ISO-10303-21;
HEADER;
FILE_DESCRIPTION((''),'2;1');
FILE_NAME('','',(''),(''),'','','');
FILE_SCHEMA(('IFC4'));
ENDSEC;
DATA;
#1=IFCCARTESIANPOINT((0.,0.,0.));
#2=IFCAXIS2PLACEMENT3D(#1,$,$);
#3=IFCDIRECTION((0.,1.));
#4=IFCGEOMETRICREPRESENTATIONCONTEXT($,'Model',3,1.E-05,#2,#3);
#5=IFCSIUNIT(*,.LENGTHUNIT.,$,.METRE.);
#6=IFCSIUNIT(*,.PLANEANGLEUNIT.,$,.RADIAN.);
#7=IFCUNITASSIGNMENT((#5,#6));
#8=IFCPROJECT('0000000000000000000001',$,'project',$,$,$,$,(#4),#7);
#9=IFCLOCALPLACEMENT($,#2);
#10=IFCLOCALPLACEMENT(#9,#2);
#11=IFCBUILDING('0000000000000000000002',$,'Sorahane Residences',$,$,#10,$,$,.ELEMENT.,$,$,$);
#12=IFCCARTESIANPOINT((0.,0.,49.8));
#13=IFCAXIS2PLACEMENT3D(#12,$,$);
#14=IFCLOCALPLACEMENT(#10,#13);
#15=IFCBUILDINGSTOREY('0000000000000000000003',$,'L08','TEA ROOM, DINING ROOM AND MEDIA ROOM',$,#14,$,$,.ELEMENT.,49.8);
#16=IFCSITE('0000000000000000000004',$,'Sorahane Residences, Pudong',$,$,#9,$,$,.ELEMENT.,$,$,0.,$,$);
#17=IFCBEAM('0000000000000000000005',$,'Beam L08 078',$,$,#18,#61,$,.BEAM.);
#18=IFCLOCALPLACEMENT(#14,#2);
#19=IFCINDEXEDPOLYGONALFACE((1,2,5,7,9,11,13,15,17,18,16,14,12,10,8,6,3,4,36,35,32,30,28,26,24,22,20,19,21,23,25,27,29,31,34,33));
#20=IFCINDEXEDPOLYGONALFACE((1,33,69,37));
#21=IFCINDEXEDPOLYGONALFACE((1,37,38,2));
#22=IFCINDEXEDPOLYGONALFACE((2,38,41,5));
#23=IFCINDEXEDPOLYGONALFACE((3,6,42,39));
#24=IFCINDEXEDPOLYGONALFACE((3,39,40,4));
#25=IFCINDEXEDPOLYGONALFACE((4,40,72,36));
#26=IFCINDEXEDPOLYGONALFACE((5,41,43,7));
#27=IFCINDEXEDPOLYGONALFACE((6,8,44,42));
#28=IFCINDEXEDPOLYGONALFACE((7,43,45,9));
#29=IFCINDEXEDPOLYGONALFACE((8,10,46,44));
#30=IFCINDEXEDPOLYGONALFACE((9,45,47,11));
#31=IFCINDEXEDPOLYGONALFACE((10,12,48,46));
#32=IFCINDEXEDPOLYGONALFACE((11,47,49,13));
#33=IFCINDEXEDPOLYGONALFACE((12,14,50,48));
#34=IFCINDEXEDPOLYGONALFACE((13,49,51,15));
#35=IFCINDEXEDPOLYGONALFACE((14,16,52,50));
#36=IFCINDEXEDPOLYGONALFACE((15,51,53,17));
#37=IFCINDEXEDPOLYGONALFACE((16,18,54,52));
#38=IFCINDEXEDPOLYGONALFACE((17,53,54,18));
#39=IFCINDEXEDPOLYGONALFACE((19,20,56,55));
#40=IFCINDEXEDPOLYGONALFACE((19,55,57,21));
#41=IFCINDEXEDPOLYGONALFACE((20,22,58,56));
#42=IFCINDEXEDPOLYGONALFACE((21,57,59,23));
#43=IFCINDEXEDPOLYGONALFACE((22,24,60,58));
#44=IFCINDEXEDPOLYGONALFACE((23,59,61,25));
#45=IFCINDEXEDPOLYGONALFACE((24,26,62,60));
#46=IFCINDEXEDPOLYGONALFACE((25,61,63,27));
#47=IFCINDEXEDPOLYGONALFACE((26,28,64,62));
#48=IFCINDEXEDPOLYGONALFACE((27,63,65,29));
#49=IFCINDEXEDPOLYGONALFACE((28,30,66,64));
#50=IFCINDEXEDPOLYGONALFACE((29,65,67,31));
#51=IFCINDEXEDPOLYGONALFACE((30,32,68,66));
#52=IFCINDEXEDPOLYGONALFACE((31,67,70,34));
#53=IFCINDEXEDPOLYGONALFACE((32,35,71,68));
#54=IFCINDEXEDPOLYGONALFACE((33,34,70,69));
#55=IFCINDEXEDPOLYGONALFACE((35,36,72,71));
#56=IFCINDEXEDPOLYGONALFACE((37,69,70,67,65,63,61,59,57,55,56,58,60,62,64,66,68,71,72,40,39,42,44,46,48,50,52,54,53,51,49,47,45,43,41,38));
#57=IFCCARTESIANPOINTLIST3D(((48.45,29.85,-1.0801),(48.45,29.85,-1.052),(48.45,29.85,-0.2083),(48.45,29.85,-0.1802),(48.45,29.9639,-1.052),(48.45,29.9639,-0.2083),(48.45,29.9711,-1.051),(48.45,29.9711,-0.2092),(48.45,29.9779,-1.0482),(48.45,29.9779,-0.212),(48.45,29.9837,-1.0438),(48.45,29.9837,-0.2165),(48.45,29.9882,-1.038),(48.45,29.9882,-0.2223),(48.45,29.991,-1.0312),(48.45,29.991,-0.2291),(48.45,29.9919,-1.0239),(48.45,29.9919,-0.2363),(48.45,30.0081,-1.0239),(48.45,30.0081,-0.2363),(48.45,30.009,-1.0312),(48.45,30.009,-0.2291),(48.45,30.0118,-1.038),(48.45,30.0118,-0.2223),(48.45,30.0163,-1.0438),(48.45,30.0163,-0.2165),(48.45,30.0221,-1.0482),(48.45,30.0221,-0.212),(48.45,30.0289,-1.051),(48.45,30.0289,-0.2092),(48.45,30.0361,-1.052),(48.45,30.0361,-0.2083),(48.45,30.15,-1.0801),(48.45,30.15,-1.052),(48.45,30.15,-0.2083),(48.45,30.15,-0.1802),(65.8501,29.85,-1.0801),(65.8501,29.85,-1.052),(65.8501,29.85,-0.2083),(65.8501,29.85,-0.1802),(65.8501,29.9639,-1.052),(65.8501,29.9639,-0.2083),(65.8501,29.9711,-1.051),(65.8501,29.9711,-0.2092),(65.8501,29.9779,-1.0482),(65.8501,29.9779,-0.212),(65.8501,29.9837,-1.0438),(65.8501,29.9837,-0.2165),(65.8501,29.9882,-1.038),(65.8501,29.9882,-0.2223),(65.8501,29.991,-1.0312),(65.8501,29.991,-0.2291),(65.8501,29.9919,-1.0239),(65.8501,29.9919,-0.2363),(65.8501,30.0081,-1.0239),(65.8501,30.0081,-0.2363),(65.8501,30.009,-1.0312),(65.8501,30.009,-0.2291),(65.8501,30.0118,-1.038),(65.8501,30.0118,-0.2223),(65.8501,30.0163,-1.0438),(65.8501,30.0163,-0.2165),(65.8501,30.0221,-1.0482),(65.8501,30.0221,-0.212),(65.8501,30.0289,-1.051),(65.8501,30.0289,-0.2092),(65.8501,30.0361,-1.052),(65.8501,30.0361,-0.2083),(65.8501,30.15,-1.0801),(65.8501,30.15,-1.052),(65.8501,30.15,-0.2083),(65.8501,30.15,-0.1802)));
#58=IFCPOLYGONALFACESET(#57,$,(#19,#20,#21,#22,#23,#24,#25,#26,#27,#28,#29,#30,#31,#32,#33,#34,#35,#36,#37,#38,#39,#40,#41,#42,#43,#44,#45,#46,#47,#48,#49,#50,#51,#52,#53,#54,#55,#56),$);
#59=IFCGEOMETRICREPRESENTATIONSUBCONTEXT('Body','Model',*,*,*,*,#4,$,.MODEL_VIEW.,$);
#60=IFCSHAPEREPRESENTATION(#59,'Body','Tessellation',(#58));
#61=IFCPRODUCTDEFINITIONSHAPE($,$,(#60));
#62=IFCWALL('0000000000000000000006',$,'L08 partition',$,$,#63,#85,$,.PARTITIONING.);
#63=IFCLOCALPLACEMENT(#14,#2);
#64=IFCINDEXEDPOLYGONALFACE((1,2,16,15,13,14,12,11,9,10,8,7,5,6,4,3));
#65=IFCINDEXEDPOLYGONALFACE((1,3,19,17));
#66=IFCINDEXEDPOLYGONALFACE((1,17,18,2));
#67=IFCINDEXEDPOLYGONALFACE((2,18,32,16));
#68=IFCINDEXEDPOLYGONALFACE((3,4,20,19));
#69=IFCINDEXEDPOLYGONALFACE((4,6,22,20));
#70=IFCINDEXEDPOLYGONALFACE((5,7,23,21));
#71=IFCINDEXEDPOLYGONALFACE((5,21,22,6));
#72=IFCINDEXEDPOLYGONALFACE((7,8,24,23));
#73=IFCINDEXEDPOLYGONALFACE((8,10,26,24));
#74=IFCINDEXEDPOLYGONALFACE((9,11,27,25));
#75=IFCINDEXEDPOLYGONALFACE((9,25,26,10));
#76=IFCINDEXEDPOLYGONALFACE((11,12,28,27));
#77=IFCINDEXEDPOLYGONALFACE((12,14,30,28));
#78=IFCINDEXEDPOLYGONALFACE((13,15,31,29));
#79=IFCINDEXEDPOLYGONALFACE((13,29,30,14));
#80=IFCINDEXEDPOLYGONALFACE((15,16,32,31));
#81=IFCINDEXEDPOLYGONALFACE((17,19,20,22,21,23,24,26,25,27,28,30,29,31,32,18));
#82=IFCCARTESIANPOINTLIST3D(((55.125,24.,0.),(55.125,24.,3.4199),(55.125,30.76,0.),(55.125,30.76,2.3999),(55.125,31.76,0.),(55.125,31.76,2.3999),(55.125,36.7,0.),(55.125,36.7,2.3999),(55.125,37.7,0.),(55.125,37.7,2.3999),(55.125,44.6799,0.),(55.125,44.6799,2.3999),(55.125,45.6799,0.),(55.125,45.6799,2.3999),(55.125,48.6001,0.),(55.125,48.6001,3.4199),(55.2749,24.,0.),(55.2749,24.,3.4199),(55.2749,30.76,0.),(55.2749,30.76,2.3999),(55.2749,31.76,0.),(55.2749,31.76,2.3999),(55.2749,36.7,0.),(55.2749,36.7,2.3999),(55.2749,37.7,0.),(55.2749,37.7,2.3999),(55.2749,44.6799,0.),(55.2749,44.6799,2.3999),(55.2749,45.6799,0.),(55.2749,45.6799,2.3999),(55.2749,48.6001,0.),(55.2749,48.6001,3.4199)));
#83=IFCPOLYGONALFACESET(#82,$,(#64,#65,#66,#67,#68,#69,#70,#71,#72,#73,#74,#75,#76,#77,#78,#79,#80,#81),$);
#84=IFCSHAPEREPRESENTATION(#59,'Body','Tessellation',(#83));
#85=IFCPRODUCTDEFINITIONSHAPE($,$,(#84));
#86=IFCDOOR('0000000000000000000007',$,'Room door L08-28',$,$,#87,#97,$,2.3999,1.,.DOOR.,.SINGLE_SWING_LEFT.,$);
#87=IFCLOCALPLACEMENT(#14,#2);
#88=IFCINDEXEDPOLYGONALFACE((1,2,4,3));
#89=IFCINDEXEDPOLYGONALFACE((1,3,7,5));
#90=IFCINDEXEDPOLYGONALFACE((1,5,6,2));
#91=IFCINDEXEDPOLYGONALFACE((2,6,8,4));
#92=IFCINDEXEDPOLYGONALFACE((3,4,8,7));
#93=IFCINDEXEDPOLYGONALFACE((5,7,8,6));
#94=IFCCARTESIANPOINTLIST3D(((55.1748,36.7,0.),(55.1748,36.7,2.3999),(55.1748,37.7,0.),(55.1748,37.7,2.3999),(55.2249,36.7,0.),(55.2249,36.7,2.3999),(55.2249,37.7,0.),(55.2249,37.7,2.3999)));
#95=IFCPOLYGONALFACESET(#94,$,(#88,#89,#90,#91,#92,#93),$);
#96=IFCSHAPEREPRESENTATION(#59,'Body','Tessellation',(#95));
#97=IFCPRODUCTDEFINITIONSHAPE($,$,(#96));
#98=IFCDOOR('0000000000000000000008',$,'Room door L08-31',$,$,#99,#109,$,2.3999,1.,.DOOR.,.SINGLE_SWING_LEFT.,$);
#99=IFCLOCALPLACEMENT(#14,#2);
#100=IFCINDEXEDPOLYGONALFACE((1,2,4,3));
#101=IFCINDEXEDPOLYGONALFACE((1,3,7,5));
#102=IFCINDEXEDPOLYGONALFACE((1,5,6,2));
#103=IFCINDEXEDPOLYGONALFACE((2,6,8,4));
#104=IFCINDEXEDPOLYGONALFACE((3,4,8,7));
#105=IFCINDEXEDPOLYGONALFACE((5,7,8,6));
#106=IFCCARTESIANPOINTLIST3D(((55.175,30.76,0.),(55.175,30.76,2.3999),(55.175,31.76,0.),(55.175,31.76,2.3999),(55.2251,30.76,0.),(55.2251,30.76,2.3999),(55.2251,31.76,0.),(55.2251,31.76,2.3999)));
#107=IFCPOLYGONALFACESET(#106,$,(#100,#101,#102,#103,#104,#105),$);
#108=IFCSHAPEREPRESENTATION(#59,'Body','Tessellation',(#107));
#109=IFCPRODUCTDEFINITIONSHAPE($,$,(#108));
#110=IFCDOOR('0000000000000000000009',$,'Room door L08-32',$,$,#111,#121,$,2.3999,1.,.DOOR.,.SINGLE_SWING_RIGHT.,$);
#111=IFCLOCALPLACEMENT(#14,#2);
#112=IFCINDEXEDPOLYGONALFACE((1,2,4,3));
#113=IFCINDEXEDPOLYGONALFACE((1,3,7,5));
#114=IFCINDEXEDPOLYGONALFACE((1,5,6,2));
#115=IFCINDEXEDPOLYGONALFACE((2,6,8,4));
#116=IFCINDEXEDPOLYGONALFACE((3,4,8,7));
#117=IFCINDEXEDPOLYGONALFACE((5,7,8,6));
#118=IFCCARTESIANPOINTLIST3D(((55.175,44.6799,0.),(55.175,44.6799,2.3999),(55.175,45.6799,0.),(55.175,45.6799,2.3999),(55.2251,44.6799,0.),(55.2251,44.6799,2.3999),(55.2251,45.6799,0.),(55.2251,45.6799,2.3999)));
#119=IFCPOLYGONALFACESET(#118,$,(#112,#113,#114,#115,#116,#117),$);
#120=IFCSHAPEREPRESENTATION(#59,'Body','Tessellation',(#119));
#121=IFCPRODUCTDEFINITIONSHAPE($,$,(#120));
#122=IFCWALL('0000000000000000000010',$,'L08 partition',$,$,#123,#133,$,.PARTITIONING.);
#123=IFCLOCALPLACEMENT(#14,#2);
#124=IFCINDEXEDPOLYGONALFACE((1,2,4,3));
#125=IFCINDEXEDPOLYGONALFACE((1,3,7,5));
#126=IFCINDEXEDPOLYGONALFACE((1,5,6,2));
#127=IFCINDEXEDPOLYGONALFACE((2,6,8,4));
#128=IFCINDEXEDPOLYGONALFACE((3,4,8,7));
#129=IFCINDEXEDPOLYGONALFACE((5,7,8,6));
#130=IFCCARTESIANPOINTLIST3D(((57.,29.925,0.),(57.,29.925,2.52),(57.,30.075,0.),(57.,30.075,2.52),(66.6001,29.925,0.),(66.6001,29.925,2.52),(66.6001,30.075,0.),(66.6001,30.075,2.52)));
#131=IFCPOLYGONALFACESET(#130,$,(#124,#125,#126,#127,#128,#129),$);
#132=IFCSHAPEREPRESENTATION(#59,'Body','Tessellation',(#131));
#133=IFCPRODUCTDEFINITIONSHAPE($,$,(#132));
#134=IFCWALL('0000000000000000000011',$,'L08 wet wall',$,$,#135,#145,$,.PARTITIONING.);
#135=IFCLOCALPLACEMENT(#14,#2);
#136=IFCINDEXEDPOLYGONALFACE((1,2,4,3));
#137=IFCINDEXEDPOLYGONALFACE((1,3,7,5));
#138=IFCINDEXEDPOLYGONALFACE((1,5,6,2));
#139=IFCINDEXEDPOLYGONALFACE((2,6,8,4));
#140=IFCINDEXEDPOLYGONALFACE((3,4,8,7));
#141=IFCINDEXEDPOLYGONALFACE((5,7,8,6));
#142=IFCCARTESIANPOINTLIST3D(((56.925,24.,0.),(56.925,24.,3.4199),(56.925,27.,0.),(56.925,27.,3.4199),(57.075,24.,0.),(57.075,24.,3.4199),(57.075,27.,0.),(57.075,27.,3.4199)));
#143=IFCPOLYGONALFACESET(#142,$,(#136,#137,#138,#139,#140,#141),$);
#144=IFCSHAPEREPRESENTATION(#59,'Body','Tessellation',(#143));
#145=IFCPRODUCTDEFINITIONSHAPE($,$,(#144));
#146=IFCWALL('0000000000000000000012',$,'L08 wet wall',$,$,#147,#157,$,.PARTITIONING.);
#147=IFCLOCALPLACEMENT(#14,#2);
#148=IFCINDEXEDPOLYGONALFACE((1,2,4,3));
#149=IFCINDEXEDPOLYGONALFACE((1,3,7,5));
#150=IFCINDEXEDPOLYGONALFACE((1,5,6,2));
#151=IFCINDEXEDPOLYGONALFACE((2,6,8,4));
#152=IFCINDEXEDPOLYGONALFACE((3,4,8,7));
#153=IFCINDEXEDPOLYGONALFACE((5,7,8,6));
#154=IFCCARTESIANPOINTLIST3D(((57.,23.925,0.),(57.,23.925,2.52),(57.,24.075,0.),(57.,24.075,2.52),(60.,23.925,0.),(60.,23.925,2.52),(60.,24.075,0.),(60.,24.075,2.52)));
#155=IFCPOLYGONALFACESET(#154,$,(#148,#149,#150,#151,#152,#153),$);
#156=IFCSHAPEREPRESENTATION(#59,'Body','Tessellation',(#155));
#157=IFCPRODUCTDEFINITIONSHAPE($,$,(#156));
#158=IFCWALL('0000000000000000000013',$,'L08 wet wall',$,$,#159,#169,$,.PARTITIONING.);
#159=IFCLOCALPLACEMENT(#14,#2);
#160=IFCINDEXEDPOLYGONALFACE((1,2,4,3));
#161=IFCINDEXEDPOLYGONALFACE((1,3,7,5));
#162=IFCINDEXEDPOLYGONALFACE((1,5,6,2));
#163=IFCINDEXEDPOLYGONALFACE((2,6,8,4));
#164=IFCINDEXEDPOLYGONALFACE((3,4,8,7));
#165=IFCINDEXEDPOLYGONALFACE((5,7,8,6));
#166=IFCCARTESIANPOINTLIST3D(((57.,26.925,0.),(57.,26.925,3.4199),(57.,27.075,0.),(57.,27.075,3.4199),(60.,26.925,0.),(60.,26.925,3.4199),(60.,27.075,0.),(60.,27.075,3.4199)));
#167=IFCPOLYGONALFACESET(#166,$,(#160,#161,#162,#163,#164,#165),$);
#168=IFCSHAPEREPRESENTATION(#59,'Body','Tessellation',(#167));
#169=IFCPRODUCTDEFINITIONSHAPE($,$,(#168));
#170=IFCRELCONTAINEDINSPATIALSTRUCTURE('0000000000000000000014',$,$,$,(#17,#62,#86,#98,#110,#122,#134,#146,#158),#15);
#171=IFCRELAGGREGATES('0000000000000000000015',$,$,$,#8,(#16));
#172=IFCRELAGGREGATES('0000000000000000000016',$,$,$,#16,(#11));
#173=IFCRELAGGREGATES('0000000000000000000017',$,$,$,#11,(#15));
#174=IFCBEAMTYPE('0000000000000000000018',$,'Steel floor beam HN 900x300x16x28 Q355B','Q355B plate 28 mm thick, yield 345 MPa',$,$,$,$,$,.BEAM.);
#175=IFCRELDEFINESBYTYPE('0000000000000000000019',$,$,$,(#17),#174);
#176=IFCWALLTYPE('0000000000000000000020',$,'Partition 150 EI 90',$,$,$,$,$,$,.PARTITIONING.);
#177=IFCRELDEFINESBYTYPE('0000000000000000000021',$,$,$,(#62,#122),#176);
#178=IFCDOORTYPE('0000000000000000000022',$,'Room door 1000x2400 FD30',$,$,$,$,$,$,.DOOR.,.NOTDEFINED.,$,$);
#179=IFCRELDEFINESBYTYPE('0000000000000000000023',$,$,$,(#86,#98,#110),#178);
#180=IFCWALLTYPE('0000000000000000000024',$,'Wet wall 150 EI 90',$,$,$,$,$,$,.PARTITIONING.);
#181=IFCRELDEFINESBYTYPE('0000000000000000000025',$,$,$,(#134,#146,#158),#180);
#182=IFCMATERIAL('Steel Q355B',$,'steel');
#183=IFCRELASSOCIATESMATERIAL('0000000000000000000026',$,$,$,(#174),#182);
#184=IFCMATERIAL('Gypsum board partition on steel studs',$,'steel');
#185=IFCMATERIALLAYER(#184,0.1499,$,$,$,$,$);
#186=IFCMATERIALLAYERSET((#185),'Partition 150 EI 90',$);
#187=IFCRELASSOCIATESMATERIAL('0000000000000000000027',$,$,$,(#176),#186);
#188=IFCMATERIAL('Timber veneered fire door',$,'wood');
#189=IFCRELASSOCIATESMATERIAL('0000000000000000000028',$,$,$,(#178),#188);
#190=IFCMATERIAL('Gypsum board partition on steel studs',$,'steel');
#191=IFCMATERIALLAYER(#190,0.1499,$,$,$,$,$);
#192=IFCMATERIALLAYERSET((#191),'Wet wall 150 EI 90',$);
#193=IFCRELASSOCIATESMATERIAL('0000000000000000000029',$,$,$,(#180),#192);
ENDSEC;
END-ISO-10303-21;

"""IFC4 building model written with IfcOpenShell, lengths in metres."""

from ifc_helpers import new_model, si_unit, direction, frame, frame_2d, origin, origin_2d, place, context, subcontext, project, spatial, rectangle, i_section, extrude, material, layer, layer_set, material_profile, profile_set, type_object, element, fill, save


model = new_model("IFC4")

# Units and contexts
model_context = context("Model", 3, precision=1e-05, world=origin(), true_north=direction((0.0, 1.0)))
body_context = subcontext(model_context, "Body", "Model", "MODEL_VIEW")
ifc_project = project(units=[si_unit("LENGTHUNIT", "METRE"), si_unit("PLANEANGLEUNIT", "RADIAN")], contexts=[model_context])

# Site, building, storey
site_placement = place(None, origin())
site = spatial("IfcSite", under=ifc_project, at=site_placement, Name="Sorahane Residences, Pudong", CompositionType="ELEMENT", RefElevation=0.0)
building_placement = place(site_placement, origin())
building = spatial("IfcBuilding", under=site, at=building_placement, Name="Sorahane Residences", CompositionType="ELEMENT")
storey_placement = place(building_placement, frame((0.0, 0.0, 49.8)))
storey = spatial("IfcBuildingStorey", under=building, at=storey_placement, Name="L08", Description="TEA ROOM, DINING ROOM AND MEDIA ROOM", CompositionType="ELEMENT", Elevation=49.8)

# Beam
ifc_material_1 = material(Name="Steel Q355B", Category="steel")
ifc_material_profile_1 = material_profile(ifc_material_1, i_section(OverallWidth=0.3, OverallDepth=0.8999, WebThickness=0.0161, FlangeThickness=0.0281, FilletRadius=0.0281, at=origin_2d()), Name="HN 900x300x16x28")
ifc_profile_set_1 = profile_set([ifc_material_profile_1], Name="Steel Q355B")
beam_type_1 = type_object("IfcBeamType", Name="Steel floor beam HN 900x300x16x28 Q355B", Description="Q355B plate 28 mm thick, yield 345 MPa", PredefinedType="BEAM", material=ifc_profile_set_1)
beam_1_placement = place(storey_placement, frame((48.45, 30.0, -0.6301), z_axis=(1.0, 0.0, 0.0), x_axis=(0.0, 1.0, 0.0)))
element("IfcBeam", 1, at=beam_1_placement, inside=storey, type_object=beam_type_1, Name="Beam L08 078", PredefinedType="BEAM", context=body_context, shape_type="SweptSolid", body=[
    extrude(i_section(OverallWidth=0.3, OverallDepth=0.8999, WebThickness=0.0161, FlangeThickness=0.0281, FilletRadius=0.0281, at=origin_2d()), origin(), (0.0, 0.0, 1.0), 17.4001),
])

# Wall, openings, doors
ifc_material_2 = material(Name="Gypsum board partition on steel studs", Category="steel")
ifc_layer_1 = layer(ifc_material_2, 0.1499)
ifc_layer_set_1 = layer_set([ifc_layer_1], Name="Partition 150 EI 90")
wall_type_1 = type_object("IfcWallType", Name="Partition 150 EI 90", PredefinedType="PARTITIONING", material=ifc_layer_set_1)
wall_1_placement = place(storey_placement, frame((55.2, 24.0, 0.0), z_axis=(0.0, 0.0, 1.0), x_axis=(0.0, 1.0, 0.0)))
wall_1 = element("IfcWall", 2, at=wall_1_placement, inside=storey, type_object=wall_type_1, Name="L08 partition", PredefinedType="PARTITIONING", context=body_context, shape_type="SweptSolid", body=[
    extrude(rectangle(XDim=24.6001, YDim=0.1499, at=frame_2d((12.3, 0.0))), origin(), (0.0, 0.0, 1.0), 3.4199),
])
opening_1_placement = place(wall_1_placement, frame((12.7, 0.0, 0.0)))
opening_1 = element("IfcOpeningElement", 3, at=opening_1_placement, cuts=wall_1, PredefinedType="OPENING", context=body_context, shape_type="SweptSolid", body=[
    extrude(rectangle(XDim=1.0, YDim=2.3999, at=frame_2d((0.5, 1.2))), frame((0.0, 0.085, 0.0), z_axis=(0.0, -1.0, 0.0), x_axis=(1.0, 0.0, 0.0)), (0.0, 0.0, 1.0), 0.1699),
])
opening_2_placement = place(wall_1_placement, frame((6.76, 0.0, 0.0)))
opening_2 = element("IfcOpeningElement", 4, at=opening_2_placement, cuts=wall_1, PredefinedType="OPENING", context=body_context, shape_type="SweptSolid", body=[
    extrude(rectangle(XDim=1.0, YDim=2.3999, at=frame_2d((0.5, 1.2))), frame((0.0, 0.085, 0.0), z_axis=(0.0, -1.0, 0.0), x_axis=(1.0, 0.0, 0.0)), (0.0, 0.0, 1.0), 0.1699),
])
opening_3_placement = place(wall_1_placement, frame((20.6799, 0.0, 0.0)))
opening_3 = element("IfcOpeningElement", 5, at=opening_3_placement, cuts=wall_1, PredefinedType="OPENING", context=body_context, shape_type="SweptSolid", body=[
    extrude(rectangle(XDim=1.0, YDim=2.3999, at=frame_2d((0.5, 1.2))), frame((0.0, 0.085, 0.0), z_axis=(0.0, -1.0, 0.0), x_axis=(1.0, 0.0, 0.0)), (0.0, 0.0, 1.0), 0.1699),
])
ifc_material_3 = material(Name="Timber veneered fire door", Category="wood")
door_type_1 = type_object("IfcDoorType", Name="Room door 1000x2400 FD30", OperationType="NOTDEFINED", PredefinedType="DOOR", material=ifc_material_3)
door_1_placement = place(opening_1_placement, frame((1.0, 0.0, 0.0), z_axis=(0.0, 0.0, 1.0), x_axis=(-1.0, 0.0, 0.0)))
door_1 = element("IfcDoor", 6, at=door_1_placement, inside=storey, type_object=door_type_1, Name="Room door L08-28", OperationType="SINGLE_SWING_LEFT", OverallHeight=2.3999, OverallWidth=1.0, PredefinedType="DOOR", context=body_context, shape_type="SweptSolid", body=[
    extrude(rectangle(XDim=1.0, YDim=2.3999, at=frame_2d((0.5, 1.2))), frame((0.0, 0.0249, 0.0), z_axis=(0.0, -1.0, 0.0), x_axis=(1.0, 0.0, 0.0)), (0.0, 0.0, 1.0), 0.05),
])
fill(opening_1, door_1)
door_2_placement = place(opening_2_placement, origin())
door_2 = element("IfcDoor", 7, at=door_2_placement, inside=storey, type_object=door_type_1, Name="Room door L08-31", OperationType="SINGLE_SWING_LEFT", OverallHeight=2.3999, OverallWidth=1.0, PredefinedType="DOOR", context=body_context, shape_type="SweptSolid", body=[
    extrude(rectangle(XDim=1.0, YDim=2.3999, at=frame_2d((0.5, 1.2))), frame((0.0, 0.0249, 0.0), z_axis=(0.0, -1.0, 0.0), x_axis=(1.0, 0.0, 0.0)), (0.0, 0.0, 1.0), 0.05),
])
fill(opening_2, door_2)
door_3_placement = place(opening_3_placement, origin())
door_3 = element("IfcDoor", 8, at=door_3_placement, inside=storey, type_object=door_type_1, Name="Room door L08-32", OperationType="SINGLE_SWING_RIGHT", OverallHeight=2.3999, OverallWidth=1.0, PredefinedType="DOOR", context=body_context, shape_type="SweptSolid", body=[
    extrude(rectangle(XDim=1.0, YDim=2.3999, at=frame_2d((0.5, 1.2))), frame((0.0, 0.0249, 0.0), z_axis=(0.0, -1.0, 0.0), x_axis=(1.0, 0.0, 0.0)), (0.0, 0.0, 1.0), 0.05),
])
fill(opening_3, door_3)

# Walls
wall_2_placement = place(storey_placement, frame((57.0, 30.0, 0.0), z_axis=(0.0, 0.0, 1.0), x_axis=(1.0, 0.0, 0.0)))
element("IfcWall", 9, at=wall_2_placement, inside=storey, type_object=wall_type_1, Name="L08 partition", PredefinedType="PARTITIONING", context=body_context, shape_type="SweptSolid", body=[
    extrude(rectangle(XDim=9.6001, YDim=0.1499, at=frame_2d((4.8, 0.0))), origin(), (0.0, 0.0, 1.0), 2.52),
])
ifc_material_4 = material(Name="Gypsum board partition on steel studs", Category="steel")
ifc_layer_2 = layer(ifc_material_4, 0.1499)
ifc_layer_set_2 = layer_set([ifc_layer_2], Name="Wet wall 150 EI 90")
wall_type_2 = type_object("IfcWallType", Name="Wet wall 150 EI 90", PredefinedType="PARTITIONING", material=ifc_layer_set_2)
wall_3_placement = place(storey_placement, frame((57.0, 24.0, 0.0), z_axis=(0.0, 0.0, 1.0), x_axis=(0.0, 1.0, 0.0)))
element("IfcWall", 10, at=wall_3_placement, inside=storey, type_object=wall_type_2, Name="L08 wet wall", PredefinedType="PARTITIONING", context=body_context, shape_type="SweptSolid", body=[
    extrude(rectangle(XDim=3.0, YDim=0.1499, at=frame_2d((1.5, 0.0))), origin(), (0.0, 0.0, 1.0), 3.4199),
])
wall_4_placement = place(storey_placement, frame((57.0, 24.0, 0.0), z_axis=(0.0, 0.0, 1.0), x_axis=(1.0, 0.0, 0.0)))
element("IfcWall", 11, at=wall_4_placement, inside=storey, type_object=wall_type_2, Name="L08 wet wall", PredefinedType="PARTITIONING", context=body_context, shape_type="SweptSolid", body=[
    extrude(rectangle(XDim=3.0, YDim=0.1499, at=frame_2d((1.5, 0.0))), origin(), (0.0, 0.0, 1.0), 2.52),
])
wall_5_placement = place(storey_placement, frame((57.0, 27.0, 0.0), z_axis=(0.0, 0.0, 1.0), x_axis=(1.0, 0.0, 0.0)))
element("IfcWall", 12, at=wall_5_placement, inside=storey, type_object=wall_type_2, Name="L08 wet wall", PredefinedType="PARTITIONING", context=body_context, shape_type="SweptSolid", body=[
    extrude(rectangle(XDim=3.0, YDim=0.1499, at=frame_2d((1.5, 0.0))), origin(), (0.0, 0.0, 1.0), 3.4199),
])

save(model, "model.ifc")
